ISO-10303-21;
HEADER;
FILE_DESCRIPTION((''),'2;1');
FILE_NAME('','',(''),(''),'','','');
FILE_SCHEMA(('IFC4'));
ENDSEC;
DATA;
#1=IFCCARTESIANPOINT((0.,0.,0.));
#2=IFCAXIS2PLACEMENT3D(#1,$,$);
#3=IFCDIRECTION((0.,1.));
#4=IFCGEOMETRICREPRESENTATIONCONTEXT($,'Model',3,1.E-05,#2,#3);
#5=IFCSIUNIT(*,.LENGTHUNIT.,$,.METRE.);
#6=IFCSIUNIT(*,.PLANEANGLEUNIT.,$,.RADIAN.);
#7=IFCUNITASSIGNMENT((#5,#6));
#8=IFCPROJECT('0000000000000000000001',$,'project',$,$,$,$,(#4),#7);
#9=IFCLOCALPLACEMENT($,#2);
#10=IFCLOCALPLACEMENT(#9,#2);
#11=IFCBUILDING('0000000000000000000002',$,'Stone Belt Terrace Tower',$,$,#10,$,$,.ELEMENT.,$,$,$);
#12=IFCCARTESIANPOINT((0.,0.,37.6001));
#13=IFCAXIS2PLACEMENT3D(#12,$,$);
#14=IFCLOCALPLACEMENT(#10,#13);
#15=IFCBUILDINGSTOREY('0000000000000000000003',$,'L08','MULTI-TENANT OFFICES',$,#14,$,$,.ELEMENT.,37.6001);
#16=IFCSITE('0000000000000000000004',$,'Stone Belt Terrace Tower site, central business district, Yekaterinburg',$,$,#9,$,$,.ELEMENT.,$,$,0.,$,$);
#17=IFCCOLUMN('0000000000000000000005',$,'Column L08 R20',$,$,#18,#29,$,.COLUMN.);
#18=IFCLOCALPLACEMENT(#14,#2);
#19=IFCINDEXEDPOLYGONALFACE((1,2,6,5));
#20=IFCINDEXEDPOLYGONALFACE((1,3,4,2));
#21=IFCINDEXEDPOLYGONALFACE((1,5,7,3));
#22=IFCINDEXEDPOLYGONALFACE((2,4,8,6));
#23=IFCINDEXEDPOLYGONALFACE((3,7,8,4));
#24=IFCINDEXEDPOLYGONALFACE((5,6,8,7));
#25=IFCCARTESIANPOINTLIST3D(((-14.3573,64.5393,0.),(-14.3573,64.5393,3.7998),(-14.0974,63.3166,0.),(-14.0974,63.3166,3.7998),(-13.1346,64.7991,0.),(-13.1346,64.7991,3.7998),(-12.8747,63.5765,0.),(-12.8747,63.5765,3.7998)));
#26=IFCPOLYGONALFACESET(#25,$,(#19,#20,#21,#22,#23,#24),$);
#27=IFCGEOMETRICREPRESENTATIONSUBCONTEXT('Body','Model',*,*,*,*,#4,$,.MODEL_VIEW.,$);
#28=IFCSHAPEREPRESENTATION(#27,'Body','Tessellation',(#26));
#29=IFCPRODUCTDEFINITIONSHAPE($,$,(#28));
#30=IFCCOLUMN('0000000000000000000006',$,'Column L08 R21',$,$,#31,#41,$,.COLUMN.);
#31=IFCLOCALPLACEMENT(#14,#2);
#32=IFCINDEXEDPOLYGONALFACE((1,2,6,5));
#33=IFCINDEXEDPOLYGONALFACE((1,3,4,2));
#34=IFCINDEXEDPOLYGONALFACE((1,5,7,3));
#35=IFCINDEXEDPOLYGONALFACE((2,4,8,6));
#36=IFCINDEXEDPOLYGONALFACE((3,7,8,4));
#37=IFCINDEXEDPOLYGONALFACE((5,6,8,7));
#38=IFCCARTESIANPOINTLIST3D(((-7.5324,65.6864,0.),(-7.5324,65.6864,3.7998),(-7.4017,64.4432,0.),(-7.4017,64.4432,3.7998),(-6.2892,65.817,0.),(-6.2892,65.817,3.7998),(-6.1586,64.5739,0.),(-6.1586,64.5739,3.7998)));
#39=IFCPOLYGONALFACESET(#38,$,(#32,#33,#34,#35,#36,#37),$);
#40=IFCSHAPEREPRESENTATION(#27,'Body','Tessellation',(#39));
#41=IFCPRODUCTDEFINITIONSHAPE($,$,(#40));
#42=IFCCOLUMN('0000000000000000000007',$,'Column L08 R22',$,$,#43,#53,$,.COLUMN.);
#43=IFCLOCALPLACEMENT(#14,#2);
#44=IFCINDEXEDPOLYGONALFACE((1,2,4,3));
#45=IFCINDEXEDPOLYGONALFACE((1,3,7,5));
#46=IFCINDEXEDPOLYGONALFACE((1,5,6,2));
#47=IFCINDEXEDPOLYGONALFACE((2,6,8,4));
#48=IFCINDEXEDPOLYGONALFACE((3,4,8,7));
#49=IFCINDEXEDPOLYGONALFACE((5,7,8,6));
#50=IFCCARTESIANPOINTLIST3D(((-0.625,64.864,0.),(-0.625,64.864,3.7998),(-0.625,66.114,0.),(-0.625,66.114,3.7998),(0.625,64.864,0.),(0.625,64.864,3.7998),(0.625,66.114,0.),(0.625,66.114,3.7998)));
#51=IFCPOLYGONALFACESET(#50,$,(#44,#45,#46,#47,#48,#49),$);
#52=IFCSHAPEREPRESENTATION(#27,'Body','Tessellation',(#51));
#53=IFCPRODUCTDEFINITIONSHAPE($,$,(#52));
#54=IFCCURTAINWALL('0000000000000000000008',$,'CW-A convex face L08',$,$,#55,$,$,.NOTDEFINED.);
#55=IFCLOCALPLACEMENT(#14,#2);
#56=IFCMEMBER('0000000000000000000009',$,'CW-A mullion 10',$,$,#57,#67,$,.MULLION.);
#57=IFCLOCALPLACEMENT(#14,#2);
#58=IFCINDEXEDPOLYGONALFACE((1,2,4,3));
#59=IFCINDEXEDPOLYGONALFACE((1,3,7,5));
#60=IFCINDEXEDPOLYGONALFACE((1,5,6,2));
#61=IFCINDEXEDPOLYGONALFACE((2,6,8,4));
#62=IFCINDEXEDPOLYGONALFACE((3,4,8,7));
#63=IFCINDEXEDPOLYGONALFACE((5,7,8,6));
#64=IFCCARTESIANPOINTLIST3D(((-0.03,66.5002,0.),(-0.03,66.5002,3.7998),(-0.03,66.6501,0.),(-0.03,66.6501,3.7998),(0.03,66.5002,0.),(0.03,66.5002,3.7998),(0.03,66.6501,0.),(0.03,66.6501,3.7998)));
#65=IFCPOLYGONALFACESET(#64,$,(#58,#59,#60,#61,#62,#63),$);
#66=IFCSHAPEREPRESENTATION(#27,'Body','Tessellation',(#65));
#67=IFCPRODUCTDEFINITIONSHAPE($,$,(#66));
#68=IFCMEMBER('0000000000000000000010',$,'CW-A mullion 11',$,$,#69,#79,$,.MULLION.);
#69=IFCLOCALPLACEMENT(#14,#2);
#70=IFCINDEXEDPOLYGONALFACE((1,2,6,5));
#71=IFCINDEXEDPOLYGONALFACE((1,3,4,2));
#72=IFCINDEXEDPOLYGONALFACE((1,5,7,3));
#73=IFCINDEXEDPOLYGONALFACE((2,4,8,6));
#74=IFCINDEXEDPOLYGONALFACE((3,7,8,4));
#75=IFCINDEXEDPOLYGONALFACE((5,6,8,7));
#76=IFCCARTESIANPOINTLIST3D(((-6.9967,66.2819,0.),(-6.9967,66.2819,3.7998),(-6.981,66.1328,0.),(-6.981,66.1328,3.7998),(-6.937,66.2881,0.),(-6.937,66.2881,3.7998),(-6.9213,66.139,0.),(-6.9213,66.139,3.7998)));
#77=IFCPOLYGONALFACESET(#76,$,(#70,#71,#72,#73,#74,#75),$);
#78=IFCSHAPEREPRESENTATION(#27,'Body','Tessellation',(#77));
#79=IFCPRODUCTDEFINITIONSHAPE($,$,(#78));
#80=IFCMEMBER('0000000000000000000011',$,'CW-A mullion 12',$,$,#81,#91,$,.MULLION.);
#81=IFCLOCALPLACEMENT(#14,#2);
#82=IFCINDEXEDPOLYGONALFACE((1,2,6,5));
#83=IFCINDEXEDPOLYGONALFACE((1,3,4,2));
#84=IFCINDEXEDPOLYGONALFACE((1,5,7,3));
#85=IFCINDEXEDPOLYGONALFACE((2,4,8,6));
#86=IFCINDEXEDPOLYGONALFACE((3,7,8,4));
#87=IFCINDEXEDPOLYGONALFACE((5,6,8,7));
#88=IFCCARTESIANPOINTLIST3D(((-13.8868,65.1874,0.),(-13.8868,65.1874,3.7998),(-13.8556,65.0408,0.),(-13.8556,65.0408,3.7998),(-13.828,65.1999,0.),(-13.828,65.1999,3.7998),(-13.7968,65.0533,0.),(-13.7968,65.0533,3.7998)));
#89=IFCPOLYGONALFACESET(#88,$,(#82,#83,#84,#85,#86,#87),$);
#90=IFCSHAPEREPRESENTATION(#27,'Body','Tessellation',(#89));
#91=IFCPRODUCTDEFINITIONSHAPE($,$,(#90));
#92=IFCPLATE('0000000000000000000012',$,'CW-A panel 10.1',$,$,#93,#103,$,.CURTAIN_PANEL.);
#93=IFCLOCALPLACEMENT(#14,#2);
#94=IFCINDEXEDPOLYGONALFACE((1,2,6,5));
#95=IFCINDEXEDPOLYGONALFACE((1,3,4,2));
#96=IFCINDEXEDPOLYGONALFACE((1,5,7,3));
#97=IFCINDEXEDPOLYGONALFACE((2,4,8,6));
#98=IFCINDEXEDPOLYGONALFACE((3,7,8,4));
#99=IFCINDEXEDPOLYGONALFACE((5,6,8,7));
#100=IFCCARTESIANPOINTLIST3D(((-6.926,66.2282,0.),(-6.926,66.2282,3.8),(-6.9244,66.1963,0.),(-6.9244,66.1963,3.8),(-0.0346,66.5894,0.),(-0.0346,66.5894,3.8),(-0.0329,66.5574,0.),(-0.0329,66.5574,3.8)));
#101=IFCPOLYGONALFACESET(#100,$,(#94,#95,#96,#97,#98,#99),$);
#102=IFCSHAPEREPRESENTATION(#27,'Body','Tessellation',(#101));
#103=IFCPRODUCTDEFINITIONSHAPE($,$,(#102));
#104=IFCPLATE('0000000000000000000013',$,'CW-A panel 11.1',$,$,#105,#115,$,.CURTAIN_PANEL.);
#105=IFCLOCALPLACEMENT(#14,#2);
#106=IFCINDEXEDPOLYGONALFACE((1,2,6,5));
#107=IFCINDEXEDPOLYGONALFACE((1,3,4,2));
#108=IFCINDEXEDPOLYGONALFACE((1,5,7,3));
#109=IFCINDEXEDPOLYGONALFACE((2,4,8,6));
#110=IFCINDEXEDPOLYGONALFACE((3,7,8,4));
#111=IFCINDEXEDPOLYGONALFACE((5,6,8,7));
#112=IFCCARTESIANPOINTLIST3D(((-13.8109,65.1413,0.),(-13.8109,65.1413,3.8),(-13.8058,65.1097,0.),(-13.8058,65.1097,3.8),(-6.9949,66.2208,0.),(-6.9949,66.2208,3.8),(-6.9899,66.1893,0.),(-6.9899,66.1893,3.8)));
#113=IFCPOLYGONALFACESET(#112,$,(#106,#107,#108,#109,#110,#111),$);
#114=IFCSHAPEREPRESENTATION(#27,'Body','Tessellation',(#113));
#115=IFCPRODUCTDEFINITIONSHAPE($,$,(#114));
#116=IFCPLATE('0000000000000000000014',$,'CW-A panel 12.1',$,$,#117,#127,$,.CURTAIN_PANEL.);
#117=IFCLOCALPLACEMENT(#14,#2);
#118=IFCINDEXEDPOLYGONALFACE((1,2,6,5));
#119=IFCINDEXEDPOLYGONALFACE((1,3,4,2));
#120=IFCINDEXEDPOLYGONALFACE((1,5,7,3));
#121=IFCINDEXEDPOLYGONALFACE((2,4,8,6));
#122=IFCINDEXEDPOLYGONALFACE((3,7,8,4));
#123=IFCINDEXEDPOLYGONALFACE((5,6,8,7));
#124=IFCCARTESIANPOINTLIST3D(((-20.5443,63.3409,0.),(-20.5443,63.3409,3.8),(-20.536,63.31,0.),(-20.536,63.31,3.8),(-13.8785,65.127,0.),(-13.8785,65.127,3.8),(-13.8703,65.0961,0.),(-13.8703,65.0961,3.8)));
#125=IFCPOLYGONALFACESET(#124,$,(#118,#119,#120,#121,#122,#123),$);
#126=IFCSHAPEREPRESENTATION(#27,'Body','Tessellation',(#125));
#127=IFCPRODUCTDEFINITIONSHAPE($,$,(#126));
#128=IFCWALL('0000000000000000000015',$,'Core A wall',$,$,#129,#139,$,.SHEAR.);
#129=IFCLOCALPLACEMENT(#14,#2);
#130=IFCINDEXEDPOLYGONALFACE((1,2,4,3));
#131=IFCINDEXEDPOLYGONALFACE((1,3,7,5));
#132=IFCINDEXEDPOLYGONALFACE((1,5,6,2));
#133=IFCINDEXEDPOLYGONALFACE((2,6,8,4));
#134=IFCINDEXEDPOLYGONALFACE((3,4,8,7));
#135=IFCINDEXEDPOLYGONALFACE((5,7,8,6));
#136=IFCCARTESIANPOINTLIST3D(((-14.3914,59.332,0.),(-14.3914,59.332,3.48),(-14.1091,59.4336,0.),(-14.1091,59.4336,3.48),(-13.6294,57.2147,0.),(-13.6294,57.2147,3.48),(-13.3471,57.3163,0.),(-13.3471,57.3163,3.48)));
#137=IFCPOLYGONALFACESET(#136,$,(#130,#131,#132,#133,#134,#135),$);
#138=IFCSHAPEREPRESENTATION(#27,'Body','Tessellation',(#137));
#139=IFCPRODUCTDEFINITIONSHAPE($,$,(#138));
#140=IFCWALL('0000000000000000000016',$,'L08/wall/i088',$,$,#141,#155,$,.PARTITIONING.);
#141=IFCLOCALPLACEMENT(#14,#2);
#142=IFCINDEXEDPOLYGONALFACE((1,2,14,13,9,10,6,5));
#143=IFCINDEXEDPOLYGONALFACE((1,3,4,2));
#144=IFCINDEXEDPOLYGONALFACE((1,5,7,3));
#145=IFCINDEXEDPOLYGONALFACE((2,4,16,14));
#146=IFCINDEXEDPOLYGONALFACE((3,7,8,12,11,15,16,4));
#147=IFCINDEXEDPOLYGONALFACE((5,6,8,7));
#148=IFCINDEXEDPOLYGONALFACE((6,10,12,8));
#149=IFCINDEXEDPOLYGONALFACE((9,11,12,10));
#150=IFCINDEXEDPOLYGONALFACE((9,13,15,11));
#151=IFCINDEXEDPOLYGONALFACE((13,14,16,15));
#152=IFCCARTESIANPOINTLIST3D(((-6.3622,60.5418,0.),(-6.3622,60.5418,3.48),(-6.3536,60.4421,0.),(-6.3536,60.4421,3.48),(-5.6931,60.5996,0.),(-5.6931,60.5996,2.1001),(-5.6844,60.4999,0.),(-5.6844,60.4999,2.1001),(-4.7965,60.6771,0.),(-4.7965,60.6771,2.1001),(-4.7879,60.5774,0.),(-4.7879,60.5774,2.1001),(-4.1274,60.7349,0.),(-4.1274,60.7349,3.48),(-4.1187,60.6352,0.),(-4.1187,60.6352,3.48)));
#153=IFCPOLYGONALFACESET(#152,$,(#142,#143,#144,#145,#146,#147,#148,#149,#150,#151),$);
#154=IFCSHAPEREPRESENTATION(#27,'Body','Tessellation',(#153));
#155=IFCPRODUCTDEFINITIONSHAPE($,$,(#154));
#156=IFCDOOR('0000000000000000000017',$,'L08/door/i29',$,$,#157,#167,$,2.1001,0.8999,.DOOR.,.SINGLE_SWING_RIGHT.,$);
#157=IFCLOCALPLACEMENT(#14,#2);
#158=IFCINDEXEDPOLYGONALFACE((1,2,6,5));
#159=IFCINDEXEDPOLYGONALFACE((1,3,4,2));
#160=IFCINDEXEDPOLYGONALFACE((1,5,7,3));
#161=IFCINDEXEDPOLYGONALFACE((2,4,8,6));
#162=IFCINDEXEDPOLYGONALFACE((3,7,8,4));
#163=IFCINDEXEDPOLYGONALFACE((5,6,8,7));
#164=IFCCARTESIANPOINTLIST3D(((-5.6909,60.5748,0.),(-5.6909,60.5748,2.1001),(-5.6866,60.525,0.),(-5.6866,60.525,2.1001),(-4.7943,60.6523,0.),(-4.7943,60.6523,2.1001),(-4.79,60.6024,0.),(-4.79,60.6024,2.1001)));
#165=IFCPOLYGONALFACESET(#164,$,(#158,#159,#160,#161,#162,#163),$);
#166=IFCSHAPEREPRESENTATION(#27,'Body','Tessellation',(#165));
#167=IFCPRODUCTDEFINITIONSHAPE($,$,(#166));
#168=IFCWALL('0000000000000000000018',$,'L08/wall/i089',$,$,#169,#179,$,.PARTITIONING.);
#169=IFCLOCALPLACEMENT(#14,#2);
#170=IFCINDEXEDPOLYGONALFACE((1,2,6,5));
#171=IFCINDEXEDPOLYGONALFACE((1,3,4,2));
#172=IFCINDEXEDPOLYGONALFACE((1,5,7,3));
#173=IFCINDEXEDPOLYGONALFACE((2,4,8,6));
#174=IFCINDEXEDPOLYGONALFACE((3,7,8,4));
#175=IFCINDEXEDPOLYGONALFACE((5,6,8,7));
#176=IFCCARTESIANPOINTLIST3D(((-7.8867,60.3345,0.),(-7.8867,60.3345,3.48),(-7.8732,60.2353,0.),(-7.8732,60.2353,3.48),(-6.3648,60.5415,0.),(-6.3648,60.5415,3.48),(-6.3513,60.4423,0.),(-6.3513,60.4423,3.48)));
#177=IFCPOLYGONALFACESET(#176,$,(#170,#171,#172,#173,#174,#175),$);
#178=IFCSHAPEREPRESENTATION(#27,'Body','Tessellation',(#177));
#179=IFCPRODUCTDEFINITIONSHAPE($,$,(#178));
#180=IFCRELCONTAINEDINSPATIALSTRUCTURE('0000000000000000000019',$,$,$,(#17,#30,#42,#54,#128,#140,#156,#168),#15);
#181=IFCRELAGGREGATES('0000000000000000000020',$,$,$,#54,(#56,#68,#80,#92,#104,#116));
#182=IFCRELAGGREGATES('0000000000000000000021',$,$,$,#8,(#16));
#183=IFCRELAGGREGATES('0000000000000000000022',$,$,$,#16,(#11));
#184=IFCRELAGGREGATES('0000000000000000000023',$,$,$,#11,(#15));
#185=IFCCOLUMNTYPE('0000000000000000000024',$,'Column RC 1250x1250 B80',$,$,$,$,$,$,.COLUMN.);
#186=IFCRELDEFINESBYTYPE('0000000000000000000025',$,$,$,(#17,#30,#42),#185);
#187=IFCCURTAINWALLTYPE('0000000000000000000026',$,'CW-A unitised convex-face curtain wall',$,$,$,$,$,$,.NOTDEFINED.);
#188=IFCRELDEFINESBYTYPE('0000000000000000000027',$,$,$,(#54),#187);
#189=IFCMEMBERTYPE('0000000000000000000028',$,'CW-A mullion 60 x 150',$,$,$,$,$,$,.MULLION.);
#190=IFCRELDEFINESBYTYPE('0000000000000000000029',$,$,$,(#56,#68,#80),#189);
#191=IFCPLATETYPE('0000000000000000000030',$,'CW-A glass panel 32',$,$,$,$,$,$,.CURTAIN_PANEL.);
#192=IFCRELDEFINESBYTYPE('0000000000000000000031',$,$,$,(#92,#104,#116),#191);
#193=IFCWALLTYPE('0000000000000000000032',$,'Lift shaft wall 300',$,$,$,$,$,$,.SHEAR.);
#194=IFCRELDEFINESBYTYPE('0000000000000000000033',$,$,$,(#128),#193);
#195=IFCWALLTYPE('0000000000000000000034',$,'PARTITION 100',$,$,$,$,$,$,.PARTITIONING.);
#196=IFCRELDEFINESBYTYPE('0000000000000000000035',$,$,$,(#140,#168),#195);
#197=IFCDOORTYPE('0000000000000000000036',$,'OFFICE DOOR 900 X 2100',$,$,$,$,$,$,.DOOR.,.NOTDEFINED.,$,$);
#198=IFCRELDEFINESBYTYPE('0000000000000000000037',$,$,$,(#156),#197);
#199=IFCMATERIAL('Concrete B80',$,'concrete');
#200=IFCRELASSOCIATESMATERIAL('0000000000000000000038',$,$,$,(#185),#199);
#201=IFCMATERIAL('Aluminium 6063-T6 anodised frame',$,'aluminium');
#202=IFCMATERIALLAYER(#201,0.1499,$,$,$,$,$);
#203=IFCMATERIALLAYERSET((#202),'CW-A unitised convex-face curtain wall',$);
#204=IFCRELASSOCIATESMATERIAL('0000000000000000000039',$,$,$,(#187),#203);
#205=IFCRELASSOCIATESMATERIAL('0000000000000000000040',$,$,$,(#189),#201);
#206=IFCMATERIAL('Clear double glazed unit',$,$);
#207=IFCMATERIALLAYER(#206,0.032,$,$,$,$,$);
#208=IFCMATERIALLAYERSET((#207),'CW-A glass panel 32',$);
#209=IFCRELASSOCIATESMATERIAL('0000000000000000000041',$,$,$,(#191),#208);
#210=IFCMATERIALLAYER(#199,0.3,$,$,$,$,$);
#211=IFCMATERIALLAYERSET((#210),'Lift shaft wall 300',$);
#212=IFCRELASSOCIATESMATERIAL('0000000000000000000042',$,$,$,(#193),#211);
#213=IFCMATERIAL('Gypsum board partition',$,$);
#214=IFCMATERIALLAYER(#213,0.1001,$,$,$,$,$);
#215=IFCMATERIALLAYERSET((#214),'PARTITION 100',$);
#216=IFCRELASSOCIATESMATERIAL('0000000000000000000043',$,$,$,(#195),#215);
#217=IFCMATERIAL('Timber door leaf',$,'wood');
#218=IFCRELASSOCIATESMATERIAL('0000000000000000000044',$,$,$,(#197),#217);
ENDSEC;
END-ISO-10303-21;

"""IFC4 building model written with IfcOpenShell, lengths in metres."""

from ifc_helpers import new_model, si_unit, direction, frame, frame_2d, origin, origin_2d, place, context, subcontext, project, spatial, rectangle, extrude, material, layer, layer_set, material_profile, profile_set, type_object, element, fill, aggregate, save


model = new_model("IFC4")

# Units and contexts
model_context = context("Model", 3, precision=1e-05, world=origin(), true_north=direction((0.0, 1.0)))
body_context = subcontext(model_context, "Body", "Model", "MODEL_VIEW")
ifc_project = project(units=[si_unit("LENGTHUNIT", "METRE"), si_unit("PLANEANGLEUNIT", "RADIAN")], contexts=[model_context])

# Site, building, storey
site_placement = place(None, origin())
site = spatial("IfcSite", under=ifc_project, at=site_placement, Name="Stone Belt Terrace Tower site, central business district, Yekaterinburg", CompositionType="ELEMENT", RefElevation=0.0)
building_placement = place(site_placement, origin())
building = spatial("IfcBuilding", under=site, at=building_placement, Name="Stone Belt Terrace Tower", CompositionType="ELEMENT")
storey_placement = place(building_placement, frame((0.0, 0.0, 37.6001)))
storey = spatial("IfcBuildingStorey", under=building, at=storey_placement, Name="L08", Description="MULTI-TENANT OFFICES", CompositionType="ELEMENT", Elevation=37.6001)

# Columns
ifc_material_1 = material(Name="Concrete B80", Category="concrete")
ifc_material_profile_1 = material_profile(ifc_material_1, rectangle(XDim=1.25, YDim=1.25, at=origin_2d()), Name="RC 1250x1250")
ifc_profile_set_1 = profile_set([ifc_material_profile_1], Name="Concrete B80")
column_type = type_object("IfcColumnType", Name="Column RC 1250x1250 B80", PredefinedType="COLUMN", material=ifc_profile_set_1)
for number, where, z_axis, x_axis, name in (
    (1, (-13.616, 64.0579, 0.0), (0.0, 0.0, 1.0), (0.978148, 0.207912, 0.0), "Column L08 R20"),
    (2, (-6.8455, 65.1301, 0.0), (0.0, 0.0, 1.0), (0.994522, 0.104528, 0.0), "Column L08 R21"),
    (3, (0.0, 65.489, 0.0), (0.0, 0.0, 1.0), (1.0, 0.0, 0.0), "Column L08 R22"),
):
    element("IfcColumn", number, at=place(storey_placement, frame(where, z_axis=z_axis, x_axis=x_axis)), inside=storey, type_object=column_type, Name=name, PredefinedType="COLUMN", context=body_context, shape_type="SweptSolid", body=[
        extrude(rectangle(XDim=1.25, YDim=1.25, at=origin_2d()), origin(), (0.0, 0.0, 1.0), 3.7998),
    ])

# Curtain wall, members, plates
ifc_material_2 = material(Name="Aluminium 6063-T6 anodised frame", Category="aluminium")
ifc_layer_1 = layer(ifc_material_2, 0.1499)
ifc_layer_set_1 = layer_set([ifc_layer_1], Name="CW-A unitised convex-face curtain wall")
curtain_wall_type = type_object("IfcCurtainWallType", Name="CW-A unitised convex-face curtain wall", PredefinedType="NOTDEFINED", material=ifc_layer_set_1)
curtain_wall_placement = place(storey_placement, origin())
curtain_wall = element("IfcCurtainWall", 4, at=curtain_wall_placement, inside=storey, type_object=curtain_wall_type, Name="CW-A convex face L08", PredefinedType="NOTDEFINED")
ifc_material_profile_2 = material_profile(ifc_material_2, rectangle(XDim=0.1499, YDim=0.0601, at=origin_2d()), Name="Aluminium 6063-T6 60x150")
ifc_profile_set_2 = profile_set([ifc_material_profile_2], Name="Aluminium 6063-T6 anodised frame")
member_type = type_object("IfcMemberType", Name="CW-A mullion 60 x 150", PredefinedType="MULLION", material=ifc_profile_set_2)
member_1_placement = place(storey_placement, frame((0.0, 66.5752, 0.0), z_axis=(0.0, 0.0, 1.0), x_axis=(0.0, -1.0, 0.0)))
member_1 = element("IfcMember", 5, at=member_1_placement, type_object=member_type, Name="CW-A mullion 10", PredefinedType="MULLION", context=body_context, shape_type="SweptSolid", body=[
    extrude(rectangle(XDim=0.1499, YDim=0.0601, at=origin_2d()), origin(), (0.0, 0.0, 1.0), 3.7998),
])
member_2_placement = place(storey_placement, frame((-6.959, 66.2104, 0.0), z_axis=(0.0, 0.0, 1.0), x_axis=(0.104528, -0.994522, 0.0)))
member_2 = element("IfcMember", 6, at=member_2_placement, type_object=member_type, Name="CW-A mullion 11", PredefinedType="MULLION", context=body_context, shape_type="SweptSolid", body=[
    extrude(rectangle(XDim=0.1499, YDim=0.0601, at=origin_2d()), origin(), (0.0, 0.0, 1.0), 3.7998),
])
member_3_placement = place(storey_placement, frame((-13.8418, 65.1204, 0.0), z_axis=(0.0, 0.0, 1.0), x_axis=(0.207912, -0.978148, 0.0)))
member_3 = element("IfcMember", 7, at=member_3_placement, type_object=member_type, Name="CW-A mullion 12", PredefinedType="MULLION", context=body_context, shape_type="SweptSolid", body=[
    extrude(rectangle(XDim=0.1499, YDim=0.0601, at=origin_2d()), origin(), (0.0, 0.0, 1.0), 3.7998),
])
ifc_material_3 = material(Name="Clear double glazed unit")
ifc_layer_2 = layer(ifc_material_3, 0.032)
ifc_layer_set_2 = layer_set([ifc_layer_2], Name="CW-A glass panel 32")
plate_type = type_object("IfcPlateType", Name="CW-A glass panel 32", PredefinedType="CURTAIN_PANEL", material=ifc_layer_set_2)
plate_1_placement = place(storey_placement, frame((-3.4795, 66.3928, 0.0), z_axis=(0.0, 0.0, 1.0), x_axis=(-0.99863, -0.052336, 0.0)))
plate_1 = element("IfcPlate", 8, at=plate_1_placement, type_object=plate_type, Name="CW-A panel 10.1", PredefinedType="CURTAIN_PANEL", context=body_context, shape_type="SweptSolid", body=[
    extrude(rectangle(XDim=6.9009, YDim=0.032, at=origin_2d()), origin(), (0.0, 0.0, 1.0), 3.8),
])
plate_2_placement = place(storey_placement, frame((-10.4004, 65.6653, 0.0), z_axis=(0.0, 0.0, 1.0), x_axis=(-0.987688, -0.156434, 0.0)))
plate_2 = element("IfcPlate", 9, at=plate_2_placement, type_object=plate_type, Name="CW-A panel 11.1", PredefinedType="CURTAIN_PANEL", context=body_context, shape_type="SweptSolid", body=[
    extrude(rectangle(XDim=6.9009, YDim=0.032, at=origin_2d()), origin(), (0.0, 0.0, 1.0), 3.8),
])
plate_3_placement = place(storey_placement, frame((-17.2073, 64.2185, 0.0), z_axis=(0.0, 0.0, 1.0), x_axis=(-0.965926, -0.258819, 0.0)))
plate_3 = element("IfcPlate", 10, at=plate_3_placement, type_object=plate_type, Name="CW-A panel 12.1", PredefinedType="CURTAIN_PANEL", context=body_context, shape_type="SweptSolid", body=[
    extrude(rectangle(XDim=6.9009, YDim=0.032, at=origin_2d()), origin(), (0.0, 0.0, 1.0), 3.8),
])
aggregate(curtain_wall, [member_1, member_2, member_3, plate_1, plate_2, plate_3])

# Wall
ifc_layer_3 = layer(ifc_material_1, 0.3)
ifc_layer_set_3 = layer_set([ifc_layer_3], Name="Lift shaft wall 300")
wall_type_1 = type_object("IfcWallType", Name="Lift shaft wall 300", PredefinedType="SHEAR", material=ifc_layer_set_3)
wall_1_placement = place(storey_placement, frame((-13.4883, 57.2656, 0.0), z_axis=(0.0, 0.0, 1.0), x_axis=(-0.338631, 0.940919, 0.0)))
element("IfcWall", 11, at=wall_1_placement, inside=storey, type_object=wall_type_1, Name="Core A wall", PredefinedType="SHEAR", context=body_context, shape_type="SweptSolid", body=[
    extrude(rectangle(XDim=2.2502, YDim=0.3, at=frame_2d((1.125, 0.0))), origin(), (0.0, 0.0, 1.0), 3.48),
])

# Wall, opening, door
ifc_material_4 = material(Name="Gypsum board partition")
ifc_layer_4 = layer(ifc_material_4, 0.1001)
ifc_layer_set_4 = layer_set([ifc_layer_4], Name="PARTITION 100")
wall_type_2 = type_object("IfcWallType", Name="PARTITION 100", PredefinedType="PARTITIONING", material=ifc_layer_set_4)
wall_2_placement = place(storey_placement, frame((-4.123, 60.6851, 0.0), z_axis=(0.0, 0.0, 1.0), x_axis=(-0.996287, -0.08609, 0.0)))
wall_2 = element("IfcWall", 12, at=wall_2_placement, inside=storey, type_object=wall_type_2, Name="L08/wall/i088", PredefinedType="PARTITIONING", context=body_context, shape_type="SweptSolid", body=[
    extrude(rectangle(XDim=2.2432, YDim=0.1001, at=frame_2d((1.1216, 0.0))), origin(), (0.0, 0.0, 1.0), 3.48),
])
opening_1_placement = place(wall_2_placement, frame((0.6716, 0.0, 0.0)))
opening_1 = element("IfcOpeningElement", 13, at=opening_1_placement, cuts=wall_2, PredefinedType="OPENING", context=body_context, shape_type="SweptSolid", body=[
    extrude(rectangle(XDim=0.8999, YDim=2.1001, at=frame_2d((0.45, 1.05))), frame((0.0, 0.0601, 0.0), z_axis=(0.0, -1.0, 0.0), x_axis=(1.0, 0.0, 0.0)), (0.0, 0.0, 1.0), 0.1201),
])
ifc_material_5 = material(Name="Timber door leaf", Category="wood")
door_type = type_object("IfcDoorType", Name="OFFICE DOOR 900 X 2100", OperationType="NOTDEFINED", PredefinedType="DOOR", material=ifc_material_5)
door_1_placement = place(opening_1_placement, origin())
door_1 = element("IfcDoor", 14, at=door_1_placement, inside=storey, type_object=door_type, Name="L08/door/i29", OperationType="SINGLE_SWING_RIGHT", OverallHeight=2.1001, OverallWidth=0.8999, PredefinedType="DOOR", context=body_context, shape_type="SweptSolid", body=[
    extrude(rectangle(XDim=0.8999, YDim=2.1001, at=frame_2d((0.45, 1.05))), frame((0.0, 0.0249, 0.0), z_axis=(0.0, -1.0, 0.0), x_axis=(1.0, 0.0, 0.0)), (0.0, 0.0, 1.0), 0.05),
])
fill(opening_1, door_1)

# Wall
wall_3_placement = place(storey_placement, frame((-6.3579, 60.4919, 0.0), z_axis=(0.0, 0.0, 1.0), x_axis=(-0.990875, -0.134787, 0.0)))
element("IfcWall", 15, at=wall_3_placement, inside=storey, type_object=wall_type_2, Name="L08/wall/i089", PredefinedType="PARTITIONING", context=body_context, shape_type="SweptSolid", body=[
    extrude(rectangle(XDim=1.5359, YDim=0.1001, at=frame_2d((0.7681, 0.0))), origin(), (0.0, 0.0, 1.0), 3.48),
])

save(model, "model.ifc")
